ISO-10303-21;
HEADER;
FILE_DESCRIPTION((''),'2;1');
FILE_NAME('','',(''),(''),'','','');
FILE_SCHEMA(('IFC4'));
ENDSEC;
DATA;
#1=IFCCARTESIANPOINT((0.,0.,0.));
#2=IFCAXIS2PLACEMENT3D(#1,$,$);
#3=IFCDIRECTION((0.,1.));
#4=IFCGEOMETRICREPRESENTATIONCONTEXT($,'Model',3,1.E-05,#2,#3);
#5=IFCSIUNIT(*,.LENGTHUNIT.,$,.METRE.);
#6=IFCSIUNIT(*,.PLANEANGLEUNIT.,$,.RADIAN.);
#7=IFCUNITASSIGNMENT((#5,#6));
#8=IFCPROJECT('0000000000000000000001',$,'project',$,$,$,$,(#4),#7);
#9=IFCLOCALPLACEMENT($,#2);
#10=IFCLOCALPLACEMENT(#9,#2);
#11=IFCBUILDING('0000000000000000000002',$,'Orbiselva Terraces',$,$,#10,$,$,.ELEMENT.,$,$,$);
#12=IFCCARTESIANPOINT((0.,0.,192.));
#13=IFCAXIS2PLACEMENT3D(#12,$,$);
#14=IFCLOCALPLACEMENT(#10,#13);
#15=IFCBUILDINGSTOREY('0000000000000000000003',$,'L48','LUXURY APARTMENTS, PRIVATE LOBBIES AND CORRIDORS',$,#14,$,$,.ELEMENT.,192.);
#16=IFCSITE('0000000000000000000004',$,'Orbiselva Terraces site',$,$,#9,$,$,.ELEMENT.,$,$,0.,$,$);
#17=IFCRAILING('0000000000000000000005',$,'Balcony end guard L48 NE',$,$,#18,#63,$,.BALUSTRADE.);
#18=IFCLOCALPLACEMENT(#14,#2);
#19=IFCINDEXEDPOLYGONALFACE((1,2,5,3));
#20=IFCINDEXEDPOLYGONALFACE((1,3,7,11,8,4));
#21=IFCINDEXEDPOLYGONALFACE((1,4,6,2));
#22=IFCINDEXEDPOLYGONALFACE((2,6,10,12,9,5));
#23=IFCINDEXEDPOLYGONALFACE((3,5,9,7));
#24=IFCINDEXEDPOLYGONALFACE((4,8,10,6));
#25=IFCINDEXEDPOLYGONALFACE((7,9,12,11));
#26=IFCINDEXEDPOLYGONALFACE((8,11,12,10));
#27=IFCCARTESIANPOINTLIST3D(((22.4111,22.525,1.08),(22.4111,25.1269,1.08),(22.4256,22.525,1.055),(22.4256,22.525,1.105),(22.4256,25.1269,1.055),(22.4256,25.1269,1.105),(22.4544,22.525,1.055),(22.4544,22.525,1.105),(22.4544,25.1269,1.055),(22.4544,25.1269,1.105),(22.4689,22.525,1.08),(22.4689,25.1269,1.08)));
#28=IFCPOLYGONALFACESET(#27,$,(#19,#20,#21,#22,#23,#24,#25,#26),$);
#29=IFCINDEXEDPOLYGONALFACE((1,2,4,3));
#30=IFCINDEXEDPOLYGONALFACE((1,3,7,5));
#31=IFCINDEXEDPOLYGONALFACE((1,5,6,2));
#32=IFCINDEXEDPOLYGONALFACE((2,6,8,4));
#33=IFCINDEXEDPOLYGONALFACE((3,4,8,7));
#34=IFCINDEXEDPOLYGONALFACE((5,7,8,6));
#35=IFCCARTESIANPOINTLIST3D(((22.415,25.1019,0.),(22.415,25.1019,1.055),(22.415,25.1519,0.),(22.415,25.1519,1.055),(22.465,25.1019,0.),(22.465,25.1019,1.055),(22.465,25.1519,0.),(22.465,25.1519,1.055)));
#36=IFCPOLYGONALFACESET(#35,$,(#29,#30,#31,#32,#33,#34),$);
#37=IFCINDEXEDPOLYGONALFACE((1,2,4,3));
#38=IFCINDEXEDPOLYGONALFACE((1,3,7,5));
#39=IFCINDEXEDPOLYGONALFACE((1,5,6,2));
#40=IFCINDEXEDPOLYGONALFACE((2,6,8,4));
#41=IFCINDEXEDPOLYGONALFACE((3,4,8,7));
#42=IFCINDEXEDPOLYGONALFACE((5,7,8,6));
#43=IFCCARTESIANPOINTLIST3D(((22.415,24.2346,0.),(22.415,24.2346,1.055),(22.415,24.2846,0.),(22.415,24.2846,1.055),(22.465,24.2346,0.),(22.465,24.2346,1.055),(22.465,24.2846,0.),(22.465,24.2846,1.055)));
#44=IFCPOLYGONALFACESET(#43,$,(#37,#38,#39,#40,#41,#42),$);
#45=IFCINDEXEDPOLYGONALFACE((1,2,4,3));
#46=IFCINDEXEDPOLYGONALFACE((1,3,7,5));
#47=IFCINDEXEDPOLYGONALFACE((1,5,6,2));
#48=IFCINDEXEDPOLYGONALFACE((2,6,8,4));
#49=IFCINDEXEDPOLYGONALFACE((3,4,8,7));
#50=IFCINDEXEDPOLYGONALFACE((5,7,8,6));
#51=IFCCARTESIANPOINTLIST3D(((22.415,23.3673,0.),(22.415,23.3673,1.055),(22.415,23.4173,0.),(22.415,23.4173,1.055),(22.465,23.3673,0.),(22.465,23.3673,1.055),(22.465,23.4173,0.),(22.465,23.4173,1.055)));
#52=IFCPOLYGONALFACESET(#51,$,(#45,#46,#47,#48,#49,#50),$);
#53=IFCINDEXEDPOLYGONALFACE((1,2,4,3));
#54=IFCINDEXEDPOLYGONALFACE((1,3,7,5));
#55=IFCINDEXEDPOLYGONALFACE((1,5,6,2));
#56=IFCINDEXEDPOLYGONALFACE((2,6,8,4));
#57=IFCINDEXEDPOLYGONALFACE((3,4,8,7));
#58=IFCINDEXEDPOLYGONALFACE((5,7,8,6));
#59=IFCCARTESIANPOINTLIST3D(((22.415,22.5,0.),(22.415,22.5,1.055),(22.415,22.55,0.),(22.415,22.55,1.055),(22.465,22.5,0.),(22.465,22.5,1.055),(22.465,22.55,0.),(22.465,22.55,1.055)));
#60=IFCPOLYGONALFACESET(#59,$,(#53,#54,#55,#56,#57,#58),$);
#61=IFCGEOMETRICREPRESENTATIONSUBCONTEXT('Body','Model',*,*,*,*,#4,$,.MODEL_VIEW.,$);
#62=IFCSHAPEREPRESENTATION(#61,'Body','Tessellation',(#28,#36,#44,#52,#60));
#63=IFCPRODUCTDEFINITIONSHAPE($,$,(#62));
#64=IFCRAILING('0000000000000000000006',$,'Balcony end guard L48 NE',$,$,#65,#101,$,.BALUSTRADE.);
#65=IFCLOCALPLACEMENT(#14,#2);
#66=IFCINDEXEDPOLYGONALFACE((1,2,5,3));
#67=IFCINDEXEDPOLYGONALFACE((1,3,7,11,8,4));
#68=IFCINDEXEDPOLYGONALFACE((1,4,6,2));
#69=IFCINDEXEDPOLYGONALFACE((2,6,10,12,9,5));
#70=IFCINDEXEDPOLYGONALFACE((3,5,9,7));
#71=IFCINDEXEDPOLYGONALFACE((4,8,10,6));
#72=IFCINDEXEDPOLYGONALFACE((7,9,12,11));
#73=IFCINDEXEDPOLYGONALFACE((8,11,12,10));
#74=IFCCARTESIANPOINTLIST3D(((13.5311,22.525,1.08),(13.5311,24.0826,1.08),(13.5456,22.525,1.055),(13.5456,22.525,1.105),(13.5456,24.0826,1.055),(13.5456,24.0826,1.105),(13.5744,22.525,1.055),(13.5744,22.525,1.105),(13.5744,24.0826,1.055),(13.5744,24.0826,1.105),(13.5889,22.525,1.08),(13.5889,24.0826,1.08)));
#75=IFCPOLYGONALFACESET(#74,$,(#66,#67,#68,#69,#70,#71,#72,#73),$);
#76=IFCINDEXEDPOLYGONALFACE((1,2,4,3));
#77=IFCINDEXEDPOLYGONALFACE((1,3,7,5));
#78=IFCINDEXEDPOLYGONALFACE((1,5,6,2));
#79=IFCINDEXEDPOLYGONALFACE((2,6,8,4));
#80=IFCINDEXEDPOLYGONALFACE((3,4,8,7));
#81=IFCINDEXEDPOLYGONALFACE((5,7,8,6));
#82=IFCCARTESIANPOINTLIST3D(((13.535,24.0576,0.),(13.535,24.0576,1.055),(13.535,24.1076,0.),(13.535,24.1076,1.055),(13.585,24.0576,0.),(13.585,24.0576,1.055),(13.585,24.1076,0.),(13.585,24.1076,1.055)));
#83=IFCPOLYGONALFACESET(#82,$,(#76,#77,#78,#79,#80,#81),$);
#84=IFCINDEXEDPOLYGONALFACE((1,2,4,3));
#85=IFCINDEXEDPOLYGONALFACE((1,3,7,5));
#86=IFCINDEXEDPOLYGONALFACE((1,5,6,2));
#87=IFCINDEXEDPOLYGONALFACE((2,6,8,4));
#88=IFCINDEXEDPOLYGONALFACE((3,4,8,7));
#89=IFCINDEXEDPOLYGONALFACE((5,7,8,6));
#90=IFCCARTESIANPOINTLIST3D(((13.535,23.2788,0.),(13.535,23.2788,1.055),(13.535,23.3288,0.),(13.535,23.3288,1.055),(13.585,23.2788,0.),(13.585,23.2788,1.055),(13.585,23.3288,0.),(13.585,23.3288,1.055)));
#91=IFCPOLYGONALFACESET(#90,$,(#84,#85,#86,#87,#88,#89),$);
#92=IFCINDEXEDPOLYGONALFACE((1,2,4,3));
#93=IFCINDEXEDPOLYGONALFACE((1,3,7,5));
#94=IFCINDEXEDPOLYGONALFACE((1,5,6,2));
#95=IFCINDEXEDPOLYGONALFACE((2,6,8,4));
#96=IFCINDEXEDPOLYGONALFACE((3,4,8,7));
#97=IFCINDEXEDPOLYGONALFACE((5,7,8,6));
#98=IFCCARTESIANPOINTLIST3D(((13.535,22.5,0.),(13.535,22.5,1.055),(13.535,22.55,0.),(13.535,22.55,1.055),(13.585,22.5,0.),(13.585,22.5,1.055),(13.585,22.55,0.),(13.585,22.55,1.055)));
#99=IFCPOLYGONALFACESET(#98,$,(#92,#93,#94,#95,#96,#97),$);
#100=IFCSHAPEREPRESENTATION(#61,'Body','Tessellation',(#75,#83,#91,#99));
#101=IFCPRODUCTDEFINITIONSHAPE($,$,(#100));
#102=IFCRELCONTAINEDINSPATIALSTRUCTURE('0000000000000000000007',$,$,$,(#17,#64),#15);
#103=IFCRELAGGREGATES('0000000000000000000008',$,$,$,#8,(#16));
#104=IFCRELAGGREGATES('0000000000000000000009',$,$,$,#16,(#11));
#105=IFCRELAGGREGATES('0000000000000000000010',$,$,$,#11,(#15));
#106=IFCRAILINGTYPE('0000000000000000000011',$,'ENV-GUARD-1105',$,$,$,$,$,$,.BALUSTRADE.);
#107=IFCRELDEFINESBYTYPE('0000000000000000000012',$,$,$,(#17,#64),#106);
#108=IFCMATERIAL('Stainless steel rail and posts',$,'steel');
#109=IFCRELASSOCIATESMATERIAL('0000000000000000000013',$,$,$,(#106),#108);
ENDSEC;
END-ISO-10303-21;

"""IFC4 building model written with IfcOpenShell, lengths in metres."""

from ifc_helpers import new_model, si_unit, direction, frame, origin, origin_2d, place, context, subcontext, project, spatial, polyline, rectangle, outline, extrude, material, type_object, element, save


model = new_model("IFC4")

# Units and contexts
model_context = context("Model", 3, precision=1e-05, world=origin(), true_north=direction((0.0, 1.0)))
body_context = subcontext(model_context, "Body", "Model", "MODEL_VIEW")
ifc_project = project(units=[si_unit("LENGTHUNIT", "METRE"), si_unit("PLANEANGLEUNIT", "RADIAN")], contexts=[model_context])

# Site, building, storey
site_placement = place(None, origin())
site = spatial("IfcSite", under=ifc_project, at=site_placement, Name="Orbiselva Terraces site", CompositionType="ELEMENT", RefElevation=0.0)
building_placement = place(site_placement, origin())
building = spatial("IfcBuilding", under=site, at=building_placement, Name="Orbiselva Terraces", CompositionType="ELEMENT")
storey_placement = place(building_placement, frame((0.0, 0.0, 192.0)))
storey = spatial("IfcBuildingStorey", under=building, at=storey_placement, Name="L48", Description="LUXURY APARTMENTS, PRIVATE LOBBIES AND CORRIDORS", CompositionType="ELEMENT", Elevation=192.0)

# Railings
ifc_material_1 = material(Name="Stainless steel rail and posts", Category="steel")
railing_type_1 = type_object("IfcRailingType", Name="ENV-GUARD-1105", PredefinedType="BALUSTRADE", material=ifc_material_1)
railing_1_placement = place(storey_placement, frame((22.44, 25.1269, 0.0)))
element("IfcRailing", 1, at=railing_1_placement, inside=storey, type_object=railing_type_1, Name="Balcony end guard L48 NE", PredefinedType="BALUSTRADE", context=body_context, shape_type="SweptSolid", body=[
    extrude(outline(polyline([(0.0289, 0.0), (0.0144, 0.025), (-0.0144, 0.025), (-0.0289, 0.0), (-0.0144, -0.025), (0.0144, -0.025), (0.0289, 0.0)])), frame((0.0, 0.0, 1.08), z_axis=(0.0, -1.0, 0.0), x_axis=(1.0, 0.0, 0.0)), (0.0, 0.0, 1.0), 2.6019),
    extrude(rectangle(XDim=0.05, YDim=0.05, at=origin_2d()), origin(), (0.0, 0.0, 1.0), 1.055),
    extrude(rectangle(XDim=0.05, YDim=0.05, at=origin_2d()), frame((0.0, -0.8673, 0.0)), (0.0, 0.0, 1.0), 1.055),
    extrude(rectangle(XDim=0.05, YDim=0.05, at=origin_2d()), frame((0.0, -1.7346, 0.0)), (0.0, 0.0, 1.0), 1.055),
    extrude(rectangle(XDim=0.05, YDim=0.05, at=origin_2d()), frame((0.0, -2.6019, 0.0)), (0.0, 0.0, 1.0), 1.055),
])
railing_2_placement = place(storey_placement, frame((13.56, 24.0826, 0.0)))
element("IfcRailing", 2, at=railing_2_placement, inside=storey, type_object=railing_type_1, Name="Balcony end guard L48 NE", PredefinedType="BALUSTRADE", context=body_context, shape_type="SweptSolid", body=[
    extrude(outline(polyline([(0.0289, 0.0), (0.0144, 0.025), (-0.0144, 0.025), (-0.0289, 0.0), (-0.0144, -0.025), (0.0144, -0.025), (0.0289, 0.0)])), frame((0.0, 0.0, 1.08), z_axis=(0.0, -1.0, 0.0), x_axis=(1.0, 0.0, 0.0)), (0.0, 0.0, 1.0), 1.5576),
    extrude(rectangle(XDim=0.05, YDim=0.05, at=origin_2d()), origin(), (0.0, 0.0, 1.0), 1.055),
    extrude(rectangle(XDim=0.05, YDim=0.05, at=origin_2d()), frame((0.0, -0.7788, 0.0)), (0.0, 0.0, 1.0), 1.055),
    extrude(rectangle(XDim=0.05, YDim=0.05, at=origin_2d()), frame((0.0, -1.5576, 0.0)), (0.0, 0.0, 1.0), 1.055),
])

save(model, "model.ifc")
